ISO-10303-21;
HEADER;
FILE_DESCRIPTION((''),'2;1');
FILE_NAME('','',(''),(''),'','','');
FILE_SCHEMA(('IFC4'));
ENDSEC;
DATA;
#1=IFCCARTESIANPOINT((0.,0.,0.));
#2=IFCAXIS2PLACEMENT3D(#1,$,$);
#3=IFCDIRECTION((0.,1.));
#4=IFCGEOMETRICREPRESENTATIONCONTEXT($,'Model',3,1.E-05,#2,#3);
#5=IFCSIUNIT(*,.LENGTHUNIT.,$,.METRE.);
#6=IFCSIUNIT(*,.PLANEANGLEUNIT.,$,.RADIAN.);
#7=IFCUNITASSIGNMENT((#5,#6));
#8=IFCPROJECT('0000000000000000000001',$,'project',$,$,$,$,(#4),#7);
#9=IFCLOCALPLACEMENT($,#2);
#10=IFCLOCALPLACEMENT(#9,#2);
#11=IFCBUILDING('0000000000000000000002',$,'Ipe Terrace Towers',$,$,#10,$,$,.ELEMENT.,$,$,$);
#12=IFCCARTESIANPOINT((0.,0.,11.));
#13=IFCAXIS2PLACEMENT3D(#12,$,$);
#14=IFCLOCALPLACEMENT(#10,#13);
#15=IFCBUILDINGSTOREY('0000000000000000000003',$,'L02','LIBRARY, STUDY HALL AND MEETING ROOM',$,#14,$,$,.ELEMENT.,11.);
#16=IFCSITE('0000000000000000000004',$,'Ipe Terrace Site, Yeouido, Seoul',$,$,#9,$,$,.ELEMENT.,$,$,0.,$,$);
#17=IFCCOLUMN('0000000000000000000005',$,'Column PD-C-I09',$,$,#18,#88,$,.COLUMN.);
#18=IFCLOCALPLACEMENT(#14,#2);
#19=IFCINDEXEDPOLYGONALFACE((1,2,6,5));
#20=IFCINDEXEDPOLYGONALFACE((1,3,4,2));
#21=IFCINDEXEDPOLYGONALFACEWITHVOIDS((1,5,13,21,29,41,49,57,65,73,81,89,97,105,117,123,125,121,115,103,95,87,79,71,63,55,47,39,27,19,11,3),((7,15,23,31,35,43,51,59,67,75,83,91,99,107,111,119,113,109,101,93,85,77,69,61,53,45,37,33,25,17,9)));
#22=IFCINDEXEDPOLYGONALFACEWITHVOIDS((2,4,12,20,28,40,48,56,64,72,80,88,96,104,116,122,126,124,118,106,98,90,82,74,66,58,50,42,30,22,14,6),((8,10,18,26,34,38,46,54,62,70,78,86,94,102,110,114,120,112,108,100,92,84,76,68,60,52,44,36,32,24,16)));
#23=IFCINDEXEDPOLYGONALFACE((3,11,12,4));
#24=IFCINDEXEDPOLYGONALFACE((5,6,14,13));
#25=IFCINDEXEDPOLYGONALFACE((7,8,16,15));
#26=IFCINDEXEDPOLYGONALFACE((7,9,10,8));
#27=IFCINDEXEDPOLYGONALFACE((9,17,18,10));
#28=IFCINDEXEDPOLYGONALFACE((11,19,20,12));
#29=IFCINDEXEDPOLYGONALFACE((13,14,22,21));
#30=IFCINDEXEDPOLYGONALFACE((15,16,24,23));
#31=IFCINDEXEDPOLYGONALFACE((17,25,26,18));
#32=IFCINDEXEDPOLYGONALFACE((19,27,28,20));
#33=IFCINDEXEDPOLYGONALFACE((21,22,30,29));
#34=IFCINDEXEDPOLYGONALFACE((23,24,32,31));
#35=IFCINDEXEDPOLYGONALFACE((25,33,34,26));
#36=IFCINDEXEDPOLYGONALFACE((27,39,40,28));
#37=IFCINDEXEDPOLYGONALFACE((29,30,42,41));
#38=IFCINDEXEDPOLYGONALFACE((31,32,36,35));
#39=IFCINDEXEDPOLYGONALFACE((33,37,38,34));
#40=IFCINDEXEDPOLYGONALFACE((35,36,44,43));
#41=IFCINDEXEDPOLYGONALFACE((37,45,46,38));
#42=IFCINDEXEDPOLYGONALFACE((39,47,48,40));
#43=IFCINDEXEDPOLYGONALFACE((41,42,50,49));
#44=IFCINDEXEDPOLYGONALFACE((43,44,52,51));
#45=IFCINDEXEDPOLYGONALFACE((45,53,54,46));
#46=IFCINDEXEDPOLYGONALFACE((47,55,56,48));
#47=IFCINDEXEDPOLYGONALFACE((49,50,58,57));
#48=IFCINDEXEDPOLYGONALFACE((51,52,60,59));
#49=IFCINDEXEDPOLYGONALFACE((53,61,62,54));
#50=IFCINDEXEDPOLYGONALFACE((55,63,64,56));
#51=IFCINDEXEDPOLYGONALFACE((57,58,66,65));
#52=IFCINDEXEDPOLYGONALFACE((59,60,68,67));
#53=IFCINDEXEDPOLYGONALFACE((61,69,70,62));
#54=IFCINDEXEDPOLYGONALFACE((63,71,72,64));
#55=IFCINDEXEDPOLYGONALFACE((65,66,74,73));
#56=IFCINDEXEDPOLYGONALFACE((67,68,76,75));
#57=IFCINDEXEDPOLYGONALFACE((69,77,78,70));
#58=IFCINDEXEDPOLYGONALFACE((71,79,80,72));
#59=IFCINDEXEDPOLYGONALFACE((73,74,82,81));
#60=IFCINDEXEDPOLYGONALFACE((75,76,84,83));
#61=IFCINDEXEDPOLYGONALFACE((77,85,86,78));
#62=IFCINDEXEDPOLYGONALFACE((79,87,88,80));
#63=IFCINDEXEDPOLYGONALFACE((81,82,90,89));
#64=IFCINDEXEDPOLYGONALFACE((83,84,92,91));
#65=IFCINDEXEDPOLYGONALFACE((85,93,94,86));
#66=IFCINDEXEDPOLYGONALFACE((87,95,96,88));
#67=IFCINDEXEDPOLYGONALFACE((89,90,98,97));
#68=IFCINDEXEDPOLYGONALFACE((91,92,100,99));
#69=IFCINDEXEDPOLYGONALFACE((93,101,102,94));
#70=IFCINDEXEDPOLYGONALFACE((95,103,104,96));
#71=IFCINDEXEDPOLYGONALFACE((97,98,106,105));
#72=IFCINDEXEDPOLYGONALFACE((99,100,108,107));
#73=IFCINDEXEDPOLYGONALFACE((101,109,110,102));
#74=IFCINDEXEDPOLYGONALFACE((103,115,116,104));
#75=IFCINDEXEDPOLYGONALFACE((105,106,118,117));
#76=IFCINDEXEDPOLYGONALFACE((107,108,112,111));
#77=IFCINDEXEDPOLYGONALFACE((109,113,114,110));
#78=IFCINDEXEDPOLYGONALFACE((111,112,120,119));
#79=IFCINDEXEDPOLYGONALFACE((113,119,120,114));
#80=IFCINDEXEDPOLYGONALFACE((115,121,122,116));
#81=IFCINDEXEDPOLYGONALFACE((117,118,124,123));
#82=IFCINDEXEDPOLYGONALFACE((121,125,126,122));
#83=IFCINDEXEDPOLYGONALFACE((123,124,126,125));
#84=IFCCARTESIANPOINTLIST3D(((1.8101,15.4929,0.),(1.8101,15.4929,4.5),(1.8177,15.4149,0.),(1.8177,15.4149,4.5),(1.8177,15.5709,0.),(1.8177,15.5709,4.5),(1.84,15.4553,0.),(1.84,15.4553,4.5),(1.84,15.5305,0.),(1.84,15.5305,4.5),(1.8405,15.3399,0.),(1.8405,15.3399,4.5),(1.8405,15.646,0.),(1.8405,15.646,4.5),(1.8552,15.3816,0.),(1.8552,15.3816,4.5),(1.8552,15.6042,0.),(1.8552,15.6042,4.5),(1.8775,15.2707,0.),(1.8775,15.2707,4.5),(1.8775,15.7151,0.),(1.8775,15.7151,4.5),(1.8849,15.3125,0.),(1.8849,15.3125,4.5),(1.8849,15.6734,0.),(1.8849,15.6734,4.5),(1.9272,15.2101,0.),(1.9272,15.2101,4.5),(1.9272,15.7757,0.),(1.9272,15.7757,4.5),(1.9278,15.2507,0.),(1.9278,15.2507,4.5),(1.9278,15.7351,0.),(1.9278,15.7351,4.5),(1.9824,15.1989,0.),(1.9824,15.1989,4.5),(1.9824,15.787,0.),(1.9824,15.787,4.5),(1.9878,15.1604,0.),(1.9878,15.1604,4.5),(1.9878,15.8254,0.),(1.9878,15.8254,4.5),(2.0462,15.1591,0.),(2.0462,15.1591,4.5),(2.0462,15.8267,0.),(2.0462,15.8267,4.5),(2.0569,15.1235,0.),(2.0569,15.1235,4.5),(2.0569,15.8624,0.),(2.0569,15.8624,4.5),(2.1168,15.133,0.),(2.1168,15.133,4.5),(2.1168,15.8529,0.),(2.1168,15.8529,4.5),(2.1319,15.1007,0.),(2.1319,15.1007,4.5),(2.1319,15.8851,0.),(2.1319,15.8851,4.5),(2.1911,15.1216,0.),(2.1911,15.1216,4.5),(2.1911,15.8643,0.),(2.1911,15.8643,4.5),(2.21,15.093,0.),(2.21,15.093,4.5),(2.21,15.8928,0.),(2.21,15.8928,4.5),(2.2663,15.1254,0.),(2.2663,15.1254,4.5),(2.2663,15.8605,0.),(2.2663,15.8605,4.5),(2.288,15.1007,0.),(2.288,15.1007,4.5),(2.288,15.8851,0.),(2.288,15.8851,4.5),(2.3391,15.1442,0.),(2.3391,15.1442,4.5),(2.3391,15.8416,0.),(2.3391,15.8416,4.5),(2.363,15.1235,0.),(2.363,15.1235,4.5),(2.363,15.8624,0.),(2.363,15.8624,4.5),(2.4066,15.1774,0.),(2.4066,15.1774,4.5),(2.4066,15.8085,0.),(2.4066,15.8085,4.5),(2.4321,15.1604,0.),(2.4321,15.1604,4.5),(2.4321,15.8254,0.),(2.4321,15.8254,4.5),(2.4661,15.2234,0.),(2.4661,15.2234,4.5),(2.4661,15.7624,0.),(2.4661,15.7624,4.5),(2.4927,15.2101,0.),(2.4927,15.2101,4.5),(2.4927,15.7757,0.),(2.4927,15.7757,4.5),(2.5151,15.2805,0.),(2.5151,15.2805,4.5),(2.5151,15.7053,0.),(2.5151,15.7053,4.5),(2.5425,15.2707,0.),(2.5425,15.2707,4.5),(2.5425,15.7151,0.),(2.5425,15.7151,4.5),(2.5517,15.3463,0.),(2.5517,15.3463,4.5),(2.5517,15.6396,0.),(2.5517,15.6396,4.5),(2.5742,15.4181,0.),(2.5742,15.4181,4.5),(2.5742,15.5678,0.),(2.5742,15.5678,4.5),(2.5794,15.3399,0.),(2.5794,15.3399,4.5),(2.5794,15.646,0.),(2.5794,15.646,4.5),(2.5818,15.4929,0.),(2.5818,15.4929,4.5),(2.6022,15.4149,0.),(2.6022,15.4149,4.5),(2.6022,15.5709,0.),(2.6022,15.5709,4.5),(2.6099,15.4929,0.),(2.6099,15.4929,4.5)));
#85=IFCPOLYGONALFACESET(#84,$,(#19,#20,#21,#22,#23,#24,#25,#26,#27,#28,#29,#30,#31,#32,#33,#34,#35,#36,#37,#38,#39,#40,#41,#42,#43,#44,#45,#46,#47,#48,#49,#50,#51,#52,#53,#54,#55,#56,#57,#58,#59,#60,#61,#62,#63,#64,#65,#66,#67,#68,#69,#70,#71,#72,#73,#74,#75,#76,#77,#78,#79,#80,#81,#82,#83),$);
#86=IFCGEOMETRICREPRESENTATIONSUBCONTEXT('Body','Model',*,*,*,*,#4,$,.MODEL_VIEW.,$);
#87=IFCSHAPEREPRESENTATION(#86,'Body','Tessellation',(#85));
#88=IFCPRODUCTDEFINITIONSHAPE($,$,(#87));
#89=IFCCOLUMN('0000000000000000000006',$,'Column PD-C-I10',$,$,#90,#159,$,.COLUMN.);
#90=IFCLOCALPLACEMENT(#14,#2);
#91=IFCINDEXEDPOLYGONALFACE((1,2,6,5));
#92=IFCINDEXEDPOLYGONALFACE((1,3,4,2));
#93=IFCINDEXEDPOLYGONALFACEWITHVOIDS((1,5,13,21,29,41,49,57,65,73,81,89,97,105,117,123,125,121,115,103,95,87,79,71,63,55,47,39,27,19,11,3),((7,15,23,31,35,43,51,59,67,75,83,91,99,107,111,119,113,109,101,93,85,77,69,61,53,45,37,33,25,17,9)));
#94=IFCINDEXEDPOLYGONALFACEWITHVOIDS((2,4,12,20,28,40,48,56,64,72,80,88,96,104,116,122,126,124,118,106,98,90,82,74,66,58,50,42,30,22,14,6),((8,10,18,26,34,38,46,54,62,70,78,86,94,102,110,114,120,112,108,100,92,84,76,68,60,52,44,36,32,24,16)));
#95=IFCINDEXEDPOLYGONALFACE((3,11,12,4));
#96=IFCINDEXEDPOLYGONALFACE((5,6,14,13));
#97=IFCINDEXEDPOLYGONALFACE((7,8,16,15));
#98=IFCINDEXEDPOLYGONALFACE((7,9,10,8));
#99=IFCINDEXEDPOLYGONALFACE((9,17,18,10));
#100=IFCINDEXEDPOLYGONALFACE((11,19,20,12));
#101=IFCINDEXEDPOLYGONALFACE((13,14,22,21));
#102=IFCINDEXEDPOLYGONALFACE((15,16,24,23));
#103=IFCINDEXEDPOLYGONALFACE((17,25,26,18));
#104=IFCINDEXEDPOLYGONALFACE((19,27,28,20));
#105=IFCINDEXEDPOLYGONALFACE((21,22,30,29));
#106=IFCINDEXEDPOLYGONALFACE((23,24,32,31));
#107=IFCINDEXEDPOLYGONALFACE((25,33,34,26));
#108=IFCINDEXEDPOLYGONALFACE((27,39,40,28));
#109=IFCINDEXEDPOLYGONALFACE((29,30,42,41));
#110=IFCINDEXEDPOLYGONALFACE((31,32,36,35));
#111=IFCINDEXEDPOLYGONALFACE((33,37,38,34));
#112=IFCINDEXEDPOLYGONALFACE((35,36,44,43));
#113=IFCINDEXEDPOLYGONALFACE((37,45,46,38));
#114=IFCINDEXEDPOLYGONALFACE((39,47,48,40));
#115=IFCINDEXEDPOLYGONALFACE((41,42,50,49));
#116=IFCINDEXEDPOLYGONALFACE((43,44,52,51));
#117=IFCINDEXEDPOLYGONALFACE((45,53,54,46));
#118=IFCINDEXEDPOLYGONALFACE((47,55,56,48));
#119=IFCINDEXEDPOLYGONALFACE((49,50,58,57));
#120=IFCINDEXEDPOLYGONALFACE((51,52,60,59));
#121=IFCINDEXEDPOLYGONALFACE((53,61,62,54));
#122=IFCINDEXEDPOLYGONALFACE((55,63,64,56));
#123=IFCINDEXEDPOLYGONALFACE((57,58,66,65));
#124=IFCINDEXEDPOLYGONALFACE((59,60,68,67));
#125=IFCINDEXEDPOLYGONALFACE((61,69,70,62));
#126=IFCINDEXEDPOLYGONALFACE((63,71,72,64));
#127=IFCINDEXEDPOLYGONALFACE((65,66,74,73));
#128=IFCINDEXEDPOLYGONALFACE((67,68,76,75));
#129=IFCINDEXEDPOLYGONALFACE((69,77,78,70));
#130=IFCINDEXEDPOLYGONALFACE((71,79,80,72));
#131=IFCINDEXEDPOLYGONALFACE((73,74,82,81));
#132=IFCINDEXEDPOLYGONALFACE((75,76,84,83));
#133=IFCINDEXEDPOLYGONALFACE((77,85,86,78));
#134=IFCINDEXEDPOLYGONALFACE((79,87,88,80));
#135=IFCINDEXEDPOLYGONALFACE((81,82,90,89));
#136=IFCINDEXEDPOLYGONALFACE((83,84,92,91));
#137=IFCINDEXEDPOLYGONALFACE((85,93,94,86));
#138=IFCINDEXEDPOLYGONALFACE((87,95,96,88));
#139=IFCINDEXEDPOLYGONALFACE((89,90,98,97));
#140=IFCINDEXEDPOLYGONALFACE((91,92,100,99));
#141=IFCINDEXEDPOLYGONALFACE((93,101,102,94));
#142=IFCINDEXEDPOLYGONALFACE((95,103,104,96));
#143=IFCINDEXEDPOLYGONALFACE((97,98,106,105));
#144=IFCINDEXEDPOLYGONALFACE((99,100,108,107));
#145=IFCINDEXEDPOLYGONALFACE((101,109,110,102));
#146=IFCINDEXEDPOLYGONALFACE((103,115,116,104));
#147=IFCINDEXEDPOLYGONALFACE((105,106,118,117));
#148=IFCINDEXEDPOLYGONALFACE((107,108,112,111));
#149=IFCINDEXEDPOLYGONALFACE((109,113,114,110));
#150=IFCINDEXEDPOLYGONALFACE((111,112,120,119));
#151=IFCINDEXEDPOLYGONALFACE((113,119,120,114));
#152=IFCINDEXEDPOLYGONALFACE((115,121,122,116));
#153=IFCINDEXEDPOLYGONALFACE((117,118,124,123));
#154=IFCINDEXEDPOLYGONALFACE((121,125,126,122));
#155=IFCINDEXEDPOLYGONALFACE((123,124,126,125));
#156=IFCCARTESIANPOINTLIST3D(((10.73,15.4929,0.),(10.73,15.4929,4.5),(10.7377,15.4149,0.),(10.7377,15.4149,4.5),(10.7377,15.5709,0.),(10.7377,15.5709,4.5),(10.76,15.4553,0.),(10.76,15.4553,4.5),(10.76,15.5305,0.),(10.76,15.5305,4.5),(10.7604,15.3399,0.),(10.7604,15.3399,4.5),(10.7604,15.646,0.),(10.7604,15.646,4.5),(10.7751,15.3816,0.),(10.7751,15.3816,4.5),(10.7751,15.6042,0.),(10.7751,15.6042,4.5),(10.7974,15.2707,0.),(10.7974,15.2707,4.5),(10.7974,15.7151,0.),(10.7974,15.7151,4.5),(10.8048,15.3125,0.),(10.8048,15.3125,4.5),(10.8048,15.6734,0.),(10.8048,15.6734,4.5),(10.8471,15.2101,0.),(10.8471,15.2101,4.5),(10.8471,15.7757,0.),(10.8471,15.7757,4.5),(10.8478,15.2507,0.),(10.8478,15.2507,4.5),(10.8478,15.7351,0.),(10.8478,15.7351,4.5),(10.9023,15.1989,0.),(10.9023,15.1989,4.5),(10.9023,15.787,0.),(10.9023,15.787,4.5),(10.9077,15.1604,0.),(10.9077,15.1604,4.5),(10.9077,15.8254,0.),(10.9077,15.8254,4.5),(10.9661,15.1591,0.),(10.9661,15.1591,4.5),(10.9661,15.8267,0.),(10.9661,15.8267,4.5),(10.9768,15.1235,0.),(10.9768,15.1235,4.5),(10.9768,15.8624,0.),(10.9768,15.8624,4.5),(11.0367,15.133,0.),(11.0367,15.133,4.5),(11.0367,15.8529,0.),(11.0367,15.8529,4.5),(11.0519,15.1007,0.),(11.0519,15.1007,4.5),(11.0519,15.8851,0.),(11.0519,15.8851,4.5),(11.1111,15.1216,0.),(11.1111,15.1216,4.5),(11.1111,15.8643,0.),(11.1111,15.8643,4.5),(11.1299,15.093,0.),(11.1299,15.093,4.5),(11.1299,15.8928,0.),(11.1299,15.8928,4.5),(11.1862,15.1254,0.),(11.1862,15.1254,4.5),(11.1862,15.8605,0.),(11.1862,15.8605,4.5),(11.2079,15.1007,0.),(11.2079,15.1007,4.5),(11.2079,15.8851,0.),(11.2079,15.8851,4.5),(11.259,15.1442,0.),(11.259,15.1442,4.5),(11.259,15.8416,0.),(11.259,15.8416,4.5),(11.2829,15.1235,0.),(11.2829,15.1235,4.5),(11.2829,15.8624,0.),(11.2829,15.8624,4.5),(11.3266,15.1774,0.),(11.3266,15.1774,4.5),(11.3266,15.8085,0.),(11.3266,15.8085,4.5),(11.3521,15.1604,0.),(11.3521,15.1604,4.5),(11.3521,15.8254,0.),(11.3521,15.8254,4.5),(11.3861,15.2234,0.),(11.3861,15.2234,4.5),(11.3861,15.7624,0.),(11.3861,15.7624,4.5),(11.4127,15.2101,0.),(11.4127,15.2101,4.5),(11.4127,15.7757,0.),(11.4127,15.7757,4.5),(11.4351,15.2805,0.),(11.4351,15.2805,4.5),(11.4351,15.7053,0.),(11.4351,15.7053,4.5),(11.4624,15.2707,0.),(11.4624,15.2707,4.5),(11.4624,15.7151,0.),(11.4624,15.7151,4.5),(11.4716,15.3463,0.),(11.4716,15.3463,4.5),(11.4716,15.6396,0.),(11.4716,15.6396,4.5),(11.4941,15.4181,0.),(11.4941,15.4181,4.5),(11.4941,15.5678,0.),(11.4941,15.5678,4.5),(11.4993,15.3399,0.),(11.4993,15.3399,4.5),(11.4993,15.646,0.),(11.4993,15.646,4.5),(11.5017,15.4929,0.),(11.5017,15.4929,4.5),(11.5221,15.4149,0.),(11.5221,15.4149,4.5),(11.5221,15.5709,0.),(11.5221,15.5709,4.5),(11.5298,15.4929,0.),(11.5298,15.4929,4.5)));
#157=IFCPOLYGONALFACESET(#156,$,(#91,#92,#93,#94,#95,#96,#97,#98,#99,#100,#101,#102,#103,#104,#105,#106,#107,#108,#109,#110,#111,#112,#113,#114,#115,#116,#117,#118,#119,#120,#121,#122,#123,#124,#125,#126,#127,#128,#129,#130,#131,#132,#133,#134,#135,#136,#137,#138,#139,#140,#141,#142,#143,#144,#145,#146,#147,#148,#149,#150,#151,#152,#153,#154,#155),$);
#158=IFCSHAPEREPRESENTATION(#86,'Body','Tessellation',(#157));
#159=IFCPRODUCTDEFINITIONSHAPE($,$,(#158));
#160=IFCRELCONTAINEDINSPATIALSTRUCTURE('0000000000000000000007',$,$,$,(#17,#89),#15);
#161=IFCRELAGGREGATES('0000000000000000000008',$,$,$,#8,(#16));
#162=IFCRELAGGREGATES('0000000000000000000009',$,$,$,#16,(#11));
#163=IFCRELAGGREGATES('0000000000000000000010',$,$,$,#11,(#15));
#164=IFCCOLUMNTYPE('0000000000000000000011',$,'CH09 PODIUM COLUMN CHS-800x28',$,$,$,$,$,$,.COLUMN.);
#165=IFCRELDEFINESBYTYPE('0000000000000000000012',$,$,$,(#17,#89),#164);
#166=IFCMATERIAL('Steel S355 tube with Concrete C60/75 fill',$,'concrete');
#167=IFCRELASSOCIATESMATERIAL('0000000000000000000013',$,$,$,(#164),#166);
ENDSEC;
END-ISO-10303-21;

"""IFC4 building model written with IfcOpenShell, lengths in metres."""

from ifc_helpers import new_model, si_unit, direction, frame, origin, origin_2d, place, context, subcontext, project, spatial, hollow_circle, extrude, material, material_profile, profile_set, type_object, element, save


model = new_model("IFC4")

# Units and contexts
model_context = context("Model", 3, precision=1e-05, world=origin(), true_north=direction((0.0, 1.0)))
body_context = subcontext(model_context, "Body", "Model", "MODEL_VIEW")
ifc_project = project(units=[si_unit("LENGTHUNIT", "METRE"), si_unit("PLANEANGLEUNIT", "RADIAN")], contexts=[model_context])

# Site, building, storey
site_placement = place(None, origin())
site = spatial("IfcSite", under=ifc_project, at=site_placement, Name="Ipe Terrace Site, Yeouido, Seoul", CompositionType="ELEMENT", RefElevation=0.0)
building_placement = place(site_placement, origin())
building = spatial("IfcBuilding", under=site, at=building_placement, Name="Ipe Terrace Towers", CompositionType="ELEMENT")
storey_placement = place(building_placement, frame((0.0, 0.0, 11.0)))
storey = spatial("IfcBuildingStorey", under=building, at=storey_placement, Name="L02", Description="LIBRARY, STUDY HALL AND MEETING ROOM", CompositionType="ELEMENT", Elevation=11.0)

# Columns
ifc_material_1 = material(Name="Steel S355 tube with Concrete C60/75 fill", Category="concrete")
ifc_material_profile_1 = material_profile(ifc_material_1, hollow_circle(Radius=0.3999, WallThickness=0.0281, at=origin_2d()), Name="CHS-800x28")
ifc_profile_set_1 = profile_set([ifc_material_profile_1], Name="Steel S355 tube with Concrete C60/75 fill")
column_type_1 = type_object("IfcColumnType", Name="CH09 PODIUM COLUMN CHS-800x28", PredefinedType="COLUMN", material=ifc_profile_set_1)
for number, where, z_axis, x_axis, name in (
    (1, (2.21, 15.4929, 0.0), (0.0, 0.0, 1.0), (1.0, 0.0, 0.0), "Column PD-C-I09"),
    (2, (11.1299, 15.4929, 0.0), (0.0, 0.0, 1.0), (1.0, 0.0, 0.0), "Column PD-C-I10"),
):
    element("IfcColumn", number, at=place(storey_placement, frame(where, z_axis=z_axis, x_axis=x_axis)), inside=storey, type_object=column_type_1, Name=name, PredefinedType="COLUMN", context=body_context, shape_type="SweptSolid", body=[
        extrude(hollow_circle(Radius=0.3999, WallThickness=0.0281, at=origin_2d()), origin(), (0.0, 0.0, 1.0), 4.5),
    ])

save(model, "model.ifc")
